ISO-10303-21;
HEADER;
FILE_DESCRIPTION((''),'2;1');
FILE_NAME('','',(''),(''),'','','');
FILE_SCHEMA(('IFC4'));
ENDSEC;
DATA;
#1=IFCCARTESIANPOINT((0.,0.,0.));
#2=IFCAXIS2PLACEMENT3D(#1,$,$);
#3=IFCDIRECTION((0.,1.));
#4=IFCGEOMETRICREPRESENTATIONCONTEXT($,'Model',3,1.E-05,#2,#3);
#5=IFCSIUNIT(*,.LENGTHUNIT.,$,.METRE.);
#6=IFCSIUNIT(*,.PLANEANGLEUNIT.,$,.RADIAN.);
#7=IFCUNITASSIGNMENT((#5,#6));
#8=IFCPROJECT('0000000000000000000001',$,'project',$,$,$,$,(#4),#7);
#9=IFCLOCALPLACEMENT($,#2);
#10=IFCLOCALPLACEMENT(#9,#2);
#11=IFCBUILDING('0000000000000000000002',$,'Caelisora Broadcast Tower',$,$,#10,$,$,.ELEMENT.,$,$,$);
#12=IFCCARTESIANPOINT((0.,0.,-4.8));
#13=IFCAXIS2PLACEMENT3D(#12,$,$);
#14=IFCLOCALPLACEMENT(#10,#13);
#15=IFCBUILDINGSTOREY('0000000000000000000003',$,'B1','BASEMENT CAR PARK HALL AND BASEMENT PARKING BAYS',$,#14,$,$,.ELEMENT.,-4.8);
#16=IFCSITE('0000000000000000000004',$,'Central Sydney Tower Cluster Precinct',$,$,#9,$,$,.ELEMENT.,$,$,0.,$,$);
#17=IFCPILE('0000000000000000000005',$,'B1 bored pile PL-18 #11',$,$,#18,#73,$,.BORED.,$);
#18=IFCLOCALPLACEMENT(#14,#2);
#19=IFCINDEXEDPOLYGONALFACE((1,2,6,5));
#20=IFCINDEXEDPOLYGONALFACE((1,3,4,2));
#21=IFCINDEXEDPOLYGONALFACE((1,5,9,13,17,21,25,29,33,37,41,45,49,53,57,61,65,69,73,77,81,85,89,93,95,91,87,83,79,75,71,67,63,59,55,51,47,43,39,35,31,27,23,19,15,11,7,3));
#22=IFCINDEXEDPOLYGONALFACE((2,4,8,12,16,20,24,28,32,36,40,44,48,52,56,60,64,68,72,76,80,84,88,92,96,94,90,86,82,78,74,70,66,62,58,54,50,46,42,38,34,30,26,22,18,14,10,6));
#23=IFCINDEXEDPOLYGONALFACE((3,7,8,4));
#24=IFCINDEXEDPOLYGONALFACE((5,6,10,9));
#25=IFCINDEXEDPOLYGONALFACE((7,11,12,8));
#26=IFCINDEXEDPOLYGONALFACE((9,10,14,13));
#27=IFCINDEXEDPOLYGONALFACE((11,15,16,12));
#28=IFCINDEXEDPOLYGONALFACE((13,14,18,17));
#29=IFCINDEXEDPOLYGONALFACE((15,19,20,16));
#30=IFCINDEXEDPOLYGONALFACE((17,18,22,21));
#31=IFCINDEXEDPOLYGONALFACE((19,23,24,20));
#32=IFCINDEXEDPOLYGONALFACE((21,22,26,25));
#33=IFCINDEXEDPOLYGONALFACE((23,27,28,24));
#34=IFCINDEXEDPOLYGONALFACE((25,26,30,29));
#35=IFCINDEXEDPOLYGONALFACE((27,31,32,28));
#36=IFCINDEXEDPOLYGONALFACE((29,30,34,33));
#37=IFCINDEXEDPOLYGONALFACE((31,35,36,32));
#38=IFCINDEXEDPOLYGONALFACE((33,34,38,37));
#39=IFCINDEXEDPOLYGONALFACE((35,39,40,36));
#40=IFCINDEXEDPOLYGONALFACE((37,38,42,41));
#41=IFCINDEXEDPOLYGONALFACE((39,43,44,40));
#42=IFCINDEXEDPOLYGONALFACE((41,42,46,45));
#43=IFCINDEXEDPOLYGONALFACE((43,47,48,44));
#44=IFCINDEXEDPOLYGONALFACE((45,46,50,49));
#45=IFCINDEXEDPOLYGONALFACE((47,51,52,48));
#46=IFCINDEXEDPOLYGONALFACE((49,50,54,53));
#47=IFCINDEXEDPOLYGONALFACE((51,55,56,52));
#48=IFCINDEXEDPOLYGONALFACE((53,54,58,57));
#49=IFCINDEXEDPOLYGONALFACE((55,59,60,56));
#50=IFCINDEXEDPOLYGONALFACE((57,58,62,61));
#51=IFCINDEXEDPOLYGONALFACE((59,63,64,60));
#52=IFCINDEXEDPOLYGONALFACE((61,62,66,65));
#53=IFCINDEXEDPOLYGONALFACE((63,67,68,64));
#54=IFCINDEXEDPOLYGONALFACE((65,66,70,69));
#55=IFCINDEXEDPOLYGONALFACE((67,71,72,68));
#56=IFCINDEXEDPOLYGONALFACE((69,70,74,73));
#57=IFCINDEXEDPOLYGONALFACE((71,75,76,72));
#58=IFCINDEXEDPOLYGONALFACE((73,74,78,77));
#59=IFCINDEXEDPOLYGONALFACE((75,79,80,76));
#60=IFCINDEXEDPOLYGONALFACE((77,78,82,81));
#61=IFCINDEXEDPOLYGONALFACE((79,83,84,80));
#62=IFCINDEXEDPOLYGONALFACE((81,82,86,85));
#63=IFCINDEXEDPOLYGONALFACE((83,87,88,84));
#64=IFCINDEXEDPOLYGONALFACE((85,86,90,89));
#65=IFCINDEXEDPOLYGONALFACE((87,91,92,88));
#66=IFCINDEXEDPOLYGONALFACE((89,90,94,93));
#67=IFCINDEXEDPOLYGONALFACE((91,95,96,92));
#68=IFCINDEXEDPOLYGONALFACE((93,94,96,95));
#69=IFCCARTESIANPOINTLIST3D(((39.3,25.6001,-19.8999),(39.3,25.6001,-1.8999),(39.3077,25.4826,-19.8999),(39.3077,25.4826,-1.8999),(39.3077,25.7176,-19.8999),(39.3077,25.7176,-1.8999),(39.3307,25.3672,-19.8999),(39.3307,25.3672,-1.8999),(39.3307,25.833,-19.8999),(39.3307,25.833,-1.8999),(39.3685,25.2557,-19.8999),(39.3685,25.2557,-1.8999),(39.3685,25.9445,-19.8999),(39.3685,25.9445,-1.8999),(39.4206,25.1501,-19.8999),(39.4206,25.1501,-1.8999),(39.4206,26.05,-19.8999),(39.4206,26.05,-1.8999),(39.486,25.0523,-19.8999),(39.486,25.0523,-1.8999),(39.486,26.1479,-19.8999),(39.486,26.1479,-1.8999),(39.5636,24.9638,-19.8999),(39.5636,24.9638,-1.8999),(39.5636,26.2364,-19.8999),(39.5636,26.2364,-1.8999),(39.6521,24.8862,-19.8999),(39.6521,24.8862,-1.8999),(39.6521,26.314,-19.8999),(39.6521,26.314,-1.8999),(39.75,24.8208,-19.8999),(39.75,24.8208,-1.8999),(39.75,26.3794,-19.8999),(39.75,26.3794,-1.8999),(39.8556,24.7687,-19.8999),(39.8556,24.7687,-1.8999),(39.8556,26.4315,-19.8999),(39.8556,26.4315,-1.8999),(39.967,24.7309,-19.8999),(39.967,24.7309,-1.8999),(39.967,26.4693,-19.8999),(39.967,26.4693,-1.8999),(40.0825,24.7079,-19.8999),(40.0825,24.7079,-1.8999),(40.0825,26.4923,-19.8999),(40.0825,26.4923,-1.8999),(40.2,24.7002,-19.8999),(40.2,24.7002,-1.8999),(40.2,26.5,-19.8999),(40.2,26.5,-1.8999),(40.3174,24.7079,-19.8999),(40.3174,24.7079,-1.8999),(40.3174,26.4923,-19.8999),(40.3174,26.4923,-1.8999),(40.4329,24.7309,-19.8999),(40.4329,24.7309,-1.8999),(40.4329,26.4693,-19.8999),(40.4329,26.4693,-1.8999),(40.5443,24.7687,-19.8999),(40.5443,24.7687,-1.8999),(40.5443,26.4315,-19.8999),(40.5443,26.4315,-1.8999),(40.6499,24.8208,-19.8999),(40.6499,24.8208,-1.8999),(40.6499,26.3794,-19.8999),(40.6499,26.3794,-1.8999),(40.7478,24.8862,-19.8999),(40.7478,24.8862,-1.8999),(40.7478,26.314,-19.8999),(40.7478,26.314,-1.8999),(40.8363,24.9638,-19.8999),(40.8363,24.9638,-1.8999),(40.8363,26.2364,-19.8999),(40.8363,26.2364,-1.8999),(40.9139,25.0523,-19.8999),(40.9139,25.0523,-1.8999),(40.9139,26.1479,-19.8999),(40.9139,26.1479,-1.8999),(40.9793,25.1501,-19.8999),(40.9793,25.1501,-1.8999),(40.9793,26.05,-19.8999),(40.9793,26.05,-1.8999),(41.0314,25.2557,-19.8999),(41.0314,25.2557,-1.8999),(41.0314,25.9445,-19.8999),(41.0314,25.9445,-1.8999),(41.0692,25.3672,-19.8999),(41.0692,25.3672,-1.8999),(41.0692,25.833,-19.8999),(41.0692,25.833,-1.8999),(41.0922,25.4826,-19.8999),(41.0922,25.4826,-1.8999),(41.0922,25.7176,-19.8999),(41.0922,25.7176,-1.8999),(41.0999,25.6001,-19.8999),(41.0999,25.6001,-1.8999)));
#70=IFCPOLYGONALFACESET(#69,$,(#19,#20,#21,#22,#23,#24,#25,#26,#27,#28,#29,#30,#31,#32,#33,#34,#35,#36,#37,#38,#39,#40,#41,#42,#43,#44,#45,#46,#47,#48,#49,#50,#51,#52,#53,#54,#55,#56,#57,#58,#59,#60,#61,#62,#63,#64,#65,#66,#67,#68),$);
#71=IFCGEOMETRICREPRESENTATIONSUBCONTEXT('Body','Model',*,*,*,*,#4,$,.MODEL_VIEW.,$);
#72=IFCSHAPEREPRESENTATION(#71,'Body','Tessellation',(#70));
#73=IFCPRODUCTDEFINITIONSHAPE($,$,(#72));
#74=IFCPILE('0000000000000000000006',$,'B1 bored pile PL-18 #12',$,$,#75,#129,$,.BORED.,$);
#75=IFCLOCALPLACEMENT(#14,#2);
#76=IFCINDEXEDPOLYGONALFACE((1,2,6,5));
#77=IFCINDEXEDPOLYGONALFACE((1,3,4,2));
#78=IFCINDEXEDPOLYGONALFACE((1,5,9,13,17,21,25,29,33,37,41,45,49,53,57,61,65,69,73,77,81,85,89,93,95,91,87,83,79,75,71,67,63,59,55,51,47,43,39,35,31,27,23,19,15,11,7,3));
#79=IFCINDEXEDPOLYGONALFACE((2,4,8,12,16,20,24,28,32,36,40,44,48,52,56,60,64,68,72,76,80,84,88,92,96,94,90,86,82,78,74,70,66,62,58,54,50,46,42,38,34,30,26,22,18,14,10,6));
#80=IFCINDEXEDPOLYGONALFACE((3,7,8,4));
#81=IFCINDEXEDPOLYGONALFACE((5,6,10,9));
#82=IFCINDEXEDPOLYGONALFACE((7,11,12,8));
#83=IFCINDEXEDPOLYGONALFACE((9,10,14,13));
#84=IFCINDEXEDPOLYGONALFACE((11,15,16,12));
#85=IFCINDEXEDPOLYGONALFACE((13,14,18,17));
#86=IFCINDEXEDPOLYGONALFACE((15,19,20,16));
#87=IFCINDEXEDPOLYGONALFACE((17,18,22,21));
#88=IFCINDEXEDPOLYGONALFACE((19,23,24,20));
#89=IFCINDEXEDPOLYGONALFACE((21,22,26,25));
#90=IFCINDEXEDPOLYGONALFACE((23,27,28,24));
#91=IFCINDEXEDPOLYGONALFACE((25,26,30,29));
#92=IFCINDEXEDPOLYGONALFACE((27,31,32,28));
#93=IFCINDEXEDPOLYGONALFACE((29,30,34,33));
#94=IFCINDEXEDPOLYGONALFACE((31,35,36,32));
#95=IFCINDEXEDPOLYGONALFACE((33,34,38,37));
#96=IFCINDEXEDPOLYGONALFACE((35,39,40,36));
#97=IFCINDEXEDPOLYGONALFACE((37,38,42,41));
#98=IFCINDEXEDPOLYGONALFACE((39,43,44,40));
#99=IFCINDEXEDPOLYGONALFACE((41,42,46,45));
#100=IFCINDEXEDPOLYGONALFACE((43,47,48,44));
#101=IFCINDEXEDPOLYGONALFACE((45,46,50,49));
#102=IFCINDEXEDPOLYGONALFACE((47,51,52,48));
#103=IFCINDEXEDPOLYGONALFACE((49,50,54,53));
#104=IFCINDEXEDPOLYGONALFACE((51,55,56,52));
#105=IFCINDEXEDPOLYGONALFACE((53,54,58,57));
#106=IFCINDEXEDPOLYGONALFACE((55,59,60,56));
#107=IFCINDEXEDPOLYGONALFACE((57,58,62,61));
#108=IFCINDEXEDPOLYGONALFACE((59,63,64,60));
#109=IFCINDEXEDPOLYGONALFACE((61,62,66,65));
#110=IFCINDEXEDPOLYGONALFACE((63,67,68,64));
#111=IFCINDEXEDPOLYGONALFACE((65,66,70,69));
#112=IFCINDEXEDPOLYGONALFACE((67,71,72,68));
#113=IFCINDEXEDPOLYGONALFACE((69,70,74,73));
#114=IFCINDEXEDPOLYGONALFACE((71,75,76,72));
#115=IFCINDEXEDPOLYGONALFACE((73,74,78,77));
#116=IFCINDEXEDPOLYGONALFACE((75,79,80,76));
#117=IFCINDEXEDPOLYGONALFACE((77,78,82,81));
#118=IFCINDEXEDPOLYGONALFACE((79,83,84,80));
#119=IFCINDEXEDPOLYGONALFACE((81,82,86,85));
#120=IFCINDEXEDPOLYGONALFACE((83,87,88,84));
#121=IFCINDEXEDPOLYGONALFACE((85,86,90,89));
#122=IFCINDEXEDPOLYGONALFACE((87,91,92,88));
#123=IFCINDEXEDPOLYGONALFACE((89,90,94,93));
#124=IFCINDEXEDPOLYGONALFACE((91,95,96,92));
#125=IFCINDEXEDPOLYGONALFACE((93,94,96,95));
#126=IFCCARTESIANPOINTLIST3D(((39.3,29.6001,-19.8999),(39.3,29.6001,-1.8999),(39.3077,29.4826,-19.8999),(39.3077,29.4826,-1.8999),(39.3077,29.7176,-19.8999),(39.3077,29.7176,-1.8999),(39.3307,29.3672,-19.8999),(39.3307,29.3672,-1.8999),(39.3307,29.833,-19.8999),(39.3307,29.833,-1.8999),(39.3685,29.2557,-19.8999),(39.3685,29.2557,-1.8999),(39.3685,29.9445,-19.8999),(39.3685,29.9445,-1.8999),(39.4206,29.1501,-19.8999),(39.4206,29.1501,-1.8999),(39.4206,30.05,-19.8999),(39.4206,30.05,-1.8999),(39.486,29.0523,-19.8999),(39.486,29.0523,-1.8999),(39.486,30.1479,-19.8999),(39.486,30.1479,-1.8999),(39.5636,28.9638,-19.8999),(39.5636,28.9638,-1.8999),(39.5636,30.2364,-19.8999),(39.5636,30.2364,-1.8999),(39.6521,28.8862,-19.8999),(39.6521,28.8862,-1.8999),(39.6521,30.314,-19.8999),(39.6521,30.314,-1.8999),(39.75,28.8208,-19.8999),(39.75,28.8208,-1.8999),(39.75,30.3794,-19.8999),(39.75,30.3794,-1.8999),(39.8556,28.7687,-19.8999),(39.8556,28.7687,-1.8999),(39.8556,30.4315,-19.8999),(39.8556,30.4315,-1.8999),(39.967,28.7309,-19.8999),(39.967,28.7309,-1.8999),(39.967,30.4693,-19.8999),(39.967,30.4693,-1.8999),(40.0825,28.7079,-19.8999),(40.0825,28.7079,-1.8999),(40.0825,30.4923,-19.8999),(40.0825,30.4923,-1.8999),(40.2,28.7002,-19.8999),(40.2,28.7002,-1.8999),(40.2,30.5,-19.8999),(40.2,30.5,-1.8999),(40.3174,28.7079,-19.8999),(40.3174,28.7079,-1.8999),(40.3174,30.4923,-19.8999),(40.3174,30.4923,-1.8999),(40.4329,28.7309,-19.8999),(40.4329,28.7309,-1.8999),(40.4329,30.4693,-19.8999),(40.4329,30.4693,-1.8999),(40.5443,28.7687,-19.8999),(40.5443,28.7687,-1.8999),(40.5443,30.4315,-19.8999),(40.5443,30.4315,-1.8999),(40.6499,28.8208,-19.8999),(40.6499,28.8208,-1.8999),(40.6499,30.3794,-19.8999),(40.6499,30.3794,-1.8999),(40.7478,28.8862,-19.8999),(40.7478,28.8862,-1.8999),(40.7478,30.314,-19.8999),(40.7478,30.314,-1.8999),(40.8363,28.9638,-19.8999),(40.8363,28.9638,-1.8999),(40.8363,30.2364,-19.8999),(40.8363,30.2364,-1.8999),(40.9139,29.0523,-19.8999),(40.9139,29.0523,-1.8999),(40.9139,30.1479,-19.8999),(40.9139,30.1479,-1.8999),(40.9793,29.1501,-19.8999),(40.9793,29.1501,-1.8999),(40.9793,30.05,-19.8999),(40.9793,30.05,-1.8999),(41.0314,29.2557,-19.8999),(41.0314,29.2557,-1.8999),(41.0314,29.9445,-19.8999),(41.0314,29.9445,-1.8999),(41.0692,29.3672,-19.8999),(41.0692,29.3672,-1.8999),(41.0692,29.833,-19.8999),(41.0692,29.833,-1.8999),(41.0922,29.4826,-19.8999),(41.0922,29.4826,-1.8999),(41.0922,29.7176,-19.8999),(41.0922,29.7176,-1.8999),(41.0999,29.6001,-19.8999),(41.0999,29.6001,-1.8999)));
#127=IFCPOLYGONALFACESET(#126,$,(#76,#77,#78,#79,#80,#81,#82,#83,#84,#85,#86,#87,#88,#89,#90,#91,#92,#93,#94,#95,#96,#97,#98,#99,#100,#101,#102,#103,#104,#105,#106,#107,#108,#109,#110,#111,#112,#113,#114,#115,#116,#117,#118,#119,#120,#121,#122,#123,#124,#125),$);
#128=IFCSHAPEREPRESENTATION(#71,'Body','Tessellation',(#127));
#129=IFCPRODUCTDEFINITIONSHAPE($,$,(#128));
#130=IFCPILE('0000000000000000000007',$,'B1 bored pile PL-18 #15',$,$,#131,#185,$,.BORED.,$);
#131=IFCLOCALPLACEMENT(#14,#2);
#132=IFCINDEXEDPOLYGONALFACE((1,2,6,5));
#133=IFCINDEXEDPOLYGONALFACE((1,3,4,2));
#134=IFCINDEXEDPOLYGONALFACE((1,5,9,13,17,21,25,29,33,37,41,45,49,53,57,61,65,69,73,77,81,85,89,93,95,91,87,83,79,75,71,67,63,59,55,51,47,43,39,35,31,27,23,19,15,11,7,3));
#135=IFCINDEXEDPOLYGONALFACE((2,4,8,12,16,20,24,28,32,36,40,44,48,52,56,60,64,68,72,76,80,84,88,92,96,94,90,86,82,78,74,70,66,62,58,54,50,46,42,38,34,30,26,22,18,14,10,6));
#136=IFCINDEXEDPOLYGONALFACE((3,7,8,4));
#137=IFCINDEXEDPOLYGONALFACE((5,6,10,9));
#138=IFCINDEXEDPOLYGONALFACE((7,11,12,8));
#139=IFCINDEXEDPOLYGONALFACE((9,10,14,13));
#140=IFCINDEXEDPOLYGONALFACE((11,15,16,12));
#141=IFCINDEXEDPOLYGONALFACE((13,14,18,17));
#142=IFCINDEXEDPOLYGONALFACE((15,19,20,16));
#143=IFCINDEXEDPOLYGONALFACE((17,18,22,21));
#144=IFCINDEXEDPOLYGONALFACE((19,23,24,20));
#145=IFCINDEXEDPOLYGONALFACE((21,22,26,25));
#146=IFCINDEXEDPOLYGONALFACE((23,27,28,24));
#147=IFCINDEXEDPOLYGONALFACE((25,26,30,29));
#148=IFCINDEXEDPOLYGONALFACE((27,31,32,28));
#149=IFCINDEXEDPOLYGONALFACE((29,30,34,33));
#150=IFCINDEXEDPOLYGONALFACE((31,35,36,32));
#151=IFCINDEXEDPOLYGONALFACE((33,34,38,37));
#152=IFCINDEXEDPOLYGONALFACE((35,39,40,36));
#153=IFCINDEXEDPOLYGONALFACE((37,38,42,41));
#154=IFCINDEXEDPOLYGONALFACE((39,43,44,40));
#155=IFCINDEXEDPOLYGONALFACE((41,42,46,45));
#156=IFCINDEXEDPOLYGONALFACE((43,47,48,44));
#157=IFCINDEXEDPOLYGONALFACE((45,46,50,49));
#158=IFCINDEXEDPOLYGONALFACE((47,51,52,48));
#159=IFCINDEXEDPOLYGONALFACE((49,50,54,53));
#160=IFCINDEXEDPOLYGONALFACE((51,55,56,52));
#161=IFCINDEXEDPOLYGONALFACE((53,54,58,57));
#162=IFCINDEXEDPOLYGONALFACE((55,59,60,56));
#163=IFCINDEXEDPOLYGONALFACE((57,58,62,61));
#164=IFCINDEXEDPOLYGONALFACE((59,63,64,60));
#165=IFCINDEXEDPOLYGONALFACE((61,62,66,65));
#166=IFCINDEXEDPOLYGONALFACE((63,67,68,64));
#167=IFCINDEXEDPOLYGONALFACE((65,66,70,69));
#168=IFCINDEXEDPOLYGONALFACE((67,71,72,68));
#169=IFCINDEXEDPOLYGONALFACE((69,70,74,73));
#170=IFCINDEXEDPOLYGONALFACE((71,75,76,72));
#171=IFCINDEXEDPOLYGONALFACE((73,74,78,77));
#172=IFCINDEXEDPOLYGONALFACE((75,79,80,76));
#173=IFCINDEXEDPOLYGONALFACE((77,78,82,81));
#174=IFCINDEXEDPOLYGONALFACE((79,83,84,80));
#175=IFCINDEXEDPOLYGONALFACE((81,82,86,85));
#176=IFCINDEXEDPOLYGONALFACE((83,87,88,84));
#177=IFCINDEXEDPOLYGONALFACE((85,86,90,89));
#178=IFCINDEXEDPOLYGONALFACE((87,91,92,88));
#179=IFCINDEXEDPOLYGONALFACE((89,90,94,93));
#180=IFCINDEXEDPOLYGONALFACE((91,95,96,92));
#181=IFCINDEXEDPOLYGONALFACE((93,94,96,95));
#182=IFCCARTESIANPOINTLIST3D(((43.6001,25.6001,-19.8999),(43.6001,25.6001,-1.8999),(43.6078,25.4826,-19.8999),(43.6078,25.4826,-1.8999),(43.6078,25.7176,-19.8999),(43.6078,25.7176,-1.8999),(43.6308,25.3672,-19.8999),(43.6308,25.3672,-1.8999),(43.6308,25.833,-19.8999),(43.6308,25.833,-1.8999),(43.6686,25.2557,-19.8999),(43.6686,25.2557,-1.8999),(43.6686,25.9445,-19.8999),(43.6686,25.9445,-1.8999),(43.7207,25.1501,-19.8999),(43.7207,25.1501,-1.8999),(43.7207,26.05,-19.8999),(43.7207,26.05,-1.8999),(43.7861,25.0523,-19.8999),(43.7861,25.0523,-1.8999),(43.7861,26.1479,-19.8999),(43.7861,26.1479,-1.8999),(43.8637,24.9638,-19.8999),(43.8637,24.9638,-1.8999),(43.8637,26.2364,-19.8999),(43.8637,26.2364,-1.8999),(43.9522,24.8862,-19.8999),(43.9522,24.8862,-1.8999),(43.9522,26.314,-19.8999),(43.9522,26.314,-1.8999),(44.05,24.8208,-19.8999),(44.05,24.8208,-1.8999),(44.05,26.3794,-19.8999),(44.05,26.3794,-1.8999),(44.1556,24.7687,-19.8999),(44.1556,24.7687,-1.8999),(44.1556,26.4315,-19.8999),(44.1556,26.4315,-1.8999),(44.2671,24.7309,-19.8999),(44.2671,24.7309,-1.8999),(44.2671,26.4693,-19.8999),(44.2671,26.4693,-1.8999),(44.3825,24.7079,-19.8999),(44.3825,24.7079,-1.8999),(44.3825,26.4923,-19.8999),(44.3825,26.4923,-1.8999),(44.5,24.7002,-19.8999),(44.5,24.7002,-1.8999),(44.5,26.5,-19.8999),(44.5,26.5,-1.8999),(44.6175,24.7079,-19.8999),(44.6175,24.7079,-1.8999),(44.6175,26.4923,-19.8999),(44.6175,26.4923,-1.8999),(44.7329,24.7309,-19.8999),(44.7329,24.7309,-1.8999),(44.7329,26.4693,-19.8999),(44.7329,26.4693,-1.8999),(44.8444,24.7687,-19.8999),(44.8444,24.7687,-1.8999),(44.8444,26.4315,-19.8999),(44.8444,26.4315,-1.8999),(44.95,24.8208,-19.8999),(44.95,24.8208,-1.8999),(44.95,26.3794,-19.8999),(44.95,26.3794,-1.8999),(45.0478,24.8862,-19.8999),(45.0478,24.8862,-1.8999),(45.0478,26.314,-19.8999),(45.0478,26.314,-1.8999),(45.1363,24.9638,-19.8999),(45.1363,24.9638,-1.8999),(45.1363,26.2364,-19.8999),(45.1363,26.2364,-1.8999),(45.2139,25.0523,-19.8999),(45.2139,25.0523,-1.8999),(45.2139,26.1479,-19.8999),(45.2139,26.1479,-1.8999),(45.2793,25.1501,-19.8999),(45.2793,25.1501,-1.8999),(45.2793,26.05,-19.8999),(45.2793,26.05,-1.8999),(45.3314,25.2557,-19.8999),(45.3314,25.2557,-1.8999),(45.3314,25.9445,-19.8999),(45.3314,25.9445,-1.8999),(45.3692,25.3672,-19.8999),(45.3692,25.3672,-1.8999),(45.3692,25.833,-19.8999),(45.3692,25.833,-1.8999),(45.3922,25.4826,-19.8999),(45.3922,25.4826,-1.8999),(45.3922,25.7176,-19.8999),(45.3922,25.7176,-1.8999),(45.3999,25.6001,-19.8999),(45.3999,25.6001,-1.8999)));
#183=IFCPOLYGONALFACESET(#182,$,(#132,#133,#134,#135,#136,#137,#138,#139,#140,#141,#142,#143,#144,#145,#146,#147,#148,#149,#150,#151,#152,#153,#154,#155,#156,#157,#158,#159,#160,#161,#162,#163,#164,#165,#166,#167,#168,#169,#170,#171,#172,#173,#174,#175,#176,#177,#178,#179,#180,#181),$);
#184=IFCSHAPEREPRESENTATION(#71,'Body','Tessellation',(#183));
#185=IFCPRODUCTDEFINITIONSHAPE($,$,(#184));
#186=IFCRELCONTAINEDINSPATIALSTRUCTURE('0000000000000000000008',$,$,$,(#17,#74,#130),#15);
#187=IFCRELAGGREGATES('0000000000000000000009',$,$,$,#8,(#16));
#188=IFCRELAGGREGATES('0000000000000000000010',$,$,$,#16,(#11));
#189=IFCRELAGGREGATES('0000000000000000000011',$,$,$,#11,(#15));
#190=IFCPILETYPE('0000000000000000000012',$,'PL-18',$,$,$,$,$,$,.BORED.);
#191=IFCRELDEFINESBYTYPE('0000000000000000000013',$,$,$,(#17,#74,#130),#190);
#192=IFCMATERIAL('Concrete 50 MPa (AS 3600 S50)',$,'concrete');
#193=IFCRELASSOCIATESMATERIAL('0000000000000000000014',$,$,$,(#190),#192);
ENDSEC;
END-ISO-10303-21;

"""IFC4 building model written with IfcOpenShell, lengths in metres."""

from ifc_helpers import new_model, si_unit, direction, frame, origin, origin_2d, place, context, subcontext, project, spatial, circle, extrude, material, material_profile, profile_set, type_object, element, save


model = new_model("IFC4")

# Units and contexts
model_context = context("Model", 3, precision=1e-05, world=origin(), true_north=direction((0.0, 1.0)))
body_context = subcontext(model_context, "Body", "Model", "MODEL_VIEW")
ifc_project = project(units=[si_unit("LENGTHUNIT", "METRE"), si_unit("PLANEANGLEUNIT", "RADIAN")], contexts=[model_context])

# Site, building, storey
site_placement = place(None, origin())
site = spatial("IfcSite", under=ifc_project, at=site_placement, Name="Central Sydney Tower Cluster Precinct", CompositionType="ELEMENT", RefElevation=0.0)
building_placement = place(site_placement, origin())
building = spatial("IfcBuilding", under=site, at=building_placement, Name="Caelisora Broadcast Tower", CompositionType="ELEMENT")
storey_placement = place(building_placement, frame((0.0, 0.0, -4.8)))
storey = spatial("IfcBuildingStorey", under=building, at=storey_placement, Name="B1", Description="BASEMENT CAR PARK HALL AND BASEMENT PARKING BAYS", CompositionType="ELEMENT", Elevation=-4.8)

# Piles
ifc_material_1 = material(Name="Concrete 50 MPa (AS 3600 S50)", Category="concrete")
ifc_material_profile_1 = material_profile(ifc_material_1, circle(Radius=0.8999, at=origin_2d()), Name="Concrete 50 MPa (AS 3600 S50)")
ifc_profile_set_1 = profile_set([ifc_material_profile_1], Name="Concrete 50 MPa (AS 3600 S50)")
pile_type = type_object("IfcPileType", Name="PL-18", PredefinedType="BORED", material=ifc_profile_set_1)
for number, where, z_axis, x_axis, name in (
    (1, (40.2, 25.6001, -1.8999), (0.0, 0.0, -1.0), (1.0, 0.0, 0.0), "B1 bored pile PL-18 #11"),
    (2, (40.2, 29.6001, -1.8999), (0.0, 0.0, -1.0), (1.0, 0.0, 0.0), "B1 bored pile PL-18 #12"),
    (3, (44.5, 25.6001, -1.8999), (0.0, 0.0, -1.0), (1.0, 0.0, 0.0), "B1 bored pile PL-18 #15"),
):
    element("IfcPile", number, at=place(storey_placement, frame(where, z_axis=z_axis, x_axis=x_axis)), inside=storey, type_object=pile_type, Name=name, PredefinedType="BORED", context=body_context, shape_type="SweptSolid", body=[
        extrude(circle(Radius=0.8999, at=origin_2d()), origin(), (0.0, 0.0, 1.0), 18.0),
    ])

save(model, "model.ifc")
